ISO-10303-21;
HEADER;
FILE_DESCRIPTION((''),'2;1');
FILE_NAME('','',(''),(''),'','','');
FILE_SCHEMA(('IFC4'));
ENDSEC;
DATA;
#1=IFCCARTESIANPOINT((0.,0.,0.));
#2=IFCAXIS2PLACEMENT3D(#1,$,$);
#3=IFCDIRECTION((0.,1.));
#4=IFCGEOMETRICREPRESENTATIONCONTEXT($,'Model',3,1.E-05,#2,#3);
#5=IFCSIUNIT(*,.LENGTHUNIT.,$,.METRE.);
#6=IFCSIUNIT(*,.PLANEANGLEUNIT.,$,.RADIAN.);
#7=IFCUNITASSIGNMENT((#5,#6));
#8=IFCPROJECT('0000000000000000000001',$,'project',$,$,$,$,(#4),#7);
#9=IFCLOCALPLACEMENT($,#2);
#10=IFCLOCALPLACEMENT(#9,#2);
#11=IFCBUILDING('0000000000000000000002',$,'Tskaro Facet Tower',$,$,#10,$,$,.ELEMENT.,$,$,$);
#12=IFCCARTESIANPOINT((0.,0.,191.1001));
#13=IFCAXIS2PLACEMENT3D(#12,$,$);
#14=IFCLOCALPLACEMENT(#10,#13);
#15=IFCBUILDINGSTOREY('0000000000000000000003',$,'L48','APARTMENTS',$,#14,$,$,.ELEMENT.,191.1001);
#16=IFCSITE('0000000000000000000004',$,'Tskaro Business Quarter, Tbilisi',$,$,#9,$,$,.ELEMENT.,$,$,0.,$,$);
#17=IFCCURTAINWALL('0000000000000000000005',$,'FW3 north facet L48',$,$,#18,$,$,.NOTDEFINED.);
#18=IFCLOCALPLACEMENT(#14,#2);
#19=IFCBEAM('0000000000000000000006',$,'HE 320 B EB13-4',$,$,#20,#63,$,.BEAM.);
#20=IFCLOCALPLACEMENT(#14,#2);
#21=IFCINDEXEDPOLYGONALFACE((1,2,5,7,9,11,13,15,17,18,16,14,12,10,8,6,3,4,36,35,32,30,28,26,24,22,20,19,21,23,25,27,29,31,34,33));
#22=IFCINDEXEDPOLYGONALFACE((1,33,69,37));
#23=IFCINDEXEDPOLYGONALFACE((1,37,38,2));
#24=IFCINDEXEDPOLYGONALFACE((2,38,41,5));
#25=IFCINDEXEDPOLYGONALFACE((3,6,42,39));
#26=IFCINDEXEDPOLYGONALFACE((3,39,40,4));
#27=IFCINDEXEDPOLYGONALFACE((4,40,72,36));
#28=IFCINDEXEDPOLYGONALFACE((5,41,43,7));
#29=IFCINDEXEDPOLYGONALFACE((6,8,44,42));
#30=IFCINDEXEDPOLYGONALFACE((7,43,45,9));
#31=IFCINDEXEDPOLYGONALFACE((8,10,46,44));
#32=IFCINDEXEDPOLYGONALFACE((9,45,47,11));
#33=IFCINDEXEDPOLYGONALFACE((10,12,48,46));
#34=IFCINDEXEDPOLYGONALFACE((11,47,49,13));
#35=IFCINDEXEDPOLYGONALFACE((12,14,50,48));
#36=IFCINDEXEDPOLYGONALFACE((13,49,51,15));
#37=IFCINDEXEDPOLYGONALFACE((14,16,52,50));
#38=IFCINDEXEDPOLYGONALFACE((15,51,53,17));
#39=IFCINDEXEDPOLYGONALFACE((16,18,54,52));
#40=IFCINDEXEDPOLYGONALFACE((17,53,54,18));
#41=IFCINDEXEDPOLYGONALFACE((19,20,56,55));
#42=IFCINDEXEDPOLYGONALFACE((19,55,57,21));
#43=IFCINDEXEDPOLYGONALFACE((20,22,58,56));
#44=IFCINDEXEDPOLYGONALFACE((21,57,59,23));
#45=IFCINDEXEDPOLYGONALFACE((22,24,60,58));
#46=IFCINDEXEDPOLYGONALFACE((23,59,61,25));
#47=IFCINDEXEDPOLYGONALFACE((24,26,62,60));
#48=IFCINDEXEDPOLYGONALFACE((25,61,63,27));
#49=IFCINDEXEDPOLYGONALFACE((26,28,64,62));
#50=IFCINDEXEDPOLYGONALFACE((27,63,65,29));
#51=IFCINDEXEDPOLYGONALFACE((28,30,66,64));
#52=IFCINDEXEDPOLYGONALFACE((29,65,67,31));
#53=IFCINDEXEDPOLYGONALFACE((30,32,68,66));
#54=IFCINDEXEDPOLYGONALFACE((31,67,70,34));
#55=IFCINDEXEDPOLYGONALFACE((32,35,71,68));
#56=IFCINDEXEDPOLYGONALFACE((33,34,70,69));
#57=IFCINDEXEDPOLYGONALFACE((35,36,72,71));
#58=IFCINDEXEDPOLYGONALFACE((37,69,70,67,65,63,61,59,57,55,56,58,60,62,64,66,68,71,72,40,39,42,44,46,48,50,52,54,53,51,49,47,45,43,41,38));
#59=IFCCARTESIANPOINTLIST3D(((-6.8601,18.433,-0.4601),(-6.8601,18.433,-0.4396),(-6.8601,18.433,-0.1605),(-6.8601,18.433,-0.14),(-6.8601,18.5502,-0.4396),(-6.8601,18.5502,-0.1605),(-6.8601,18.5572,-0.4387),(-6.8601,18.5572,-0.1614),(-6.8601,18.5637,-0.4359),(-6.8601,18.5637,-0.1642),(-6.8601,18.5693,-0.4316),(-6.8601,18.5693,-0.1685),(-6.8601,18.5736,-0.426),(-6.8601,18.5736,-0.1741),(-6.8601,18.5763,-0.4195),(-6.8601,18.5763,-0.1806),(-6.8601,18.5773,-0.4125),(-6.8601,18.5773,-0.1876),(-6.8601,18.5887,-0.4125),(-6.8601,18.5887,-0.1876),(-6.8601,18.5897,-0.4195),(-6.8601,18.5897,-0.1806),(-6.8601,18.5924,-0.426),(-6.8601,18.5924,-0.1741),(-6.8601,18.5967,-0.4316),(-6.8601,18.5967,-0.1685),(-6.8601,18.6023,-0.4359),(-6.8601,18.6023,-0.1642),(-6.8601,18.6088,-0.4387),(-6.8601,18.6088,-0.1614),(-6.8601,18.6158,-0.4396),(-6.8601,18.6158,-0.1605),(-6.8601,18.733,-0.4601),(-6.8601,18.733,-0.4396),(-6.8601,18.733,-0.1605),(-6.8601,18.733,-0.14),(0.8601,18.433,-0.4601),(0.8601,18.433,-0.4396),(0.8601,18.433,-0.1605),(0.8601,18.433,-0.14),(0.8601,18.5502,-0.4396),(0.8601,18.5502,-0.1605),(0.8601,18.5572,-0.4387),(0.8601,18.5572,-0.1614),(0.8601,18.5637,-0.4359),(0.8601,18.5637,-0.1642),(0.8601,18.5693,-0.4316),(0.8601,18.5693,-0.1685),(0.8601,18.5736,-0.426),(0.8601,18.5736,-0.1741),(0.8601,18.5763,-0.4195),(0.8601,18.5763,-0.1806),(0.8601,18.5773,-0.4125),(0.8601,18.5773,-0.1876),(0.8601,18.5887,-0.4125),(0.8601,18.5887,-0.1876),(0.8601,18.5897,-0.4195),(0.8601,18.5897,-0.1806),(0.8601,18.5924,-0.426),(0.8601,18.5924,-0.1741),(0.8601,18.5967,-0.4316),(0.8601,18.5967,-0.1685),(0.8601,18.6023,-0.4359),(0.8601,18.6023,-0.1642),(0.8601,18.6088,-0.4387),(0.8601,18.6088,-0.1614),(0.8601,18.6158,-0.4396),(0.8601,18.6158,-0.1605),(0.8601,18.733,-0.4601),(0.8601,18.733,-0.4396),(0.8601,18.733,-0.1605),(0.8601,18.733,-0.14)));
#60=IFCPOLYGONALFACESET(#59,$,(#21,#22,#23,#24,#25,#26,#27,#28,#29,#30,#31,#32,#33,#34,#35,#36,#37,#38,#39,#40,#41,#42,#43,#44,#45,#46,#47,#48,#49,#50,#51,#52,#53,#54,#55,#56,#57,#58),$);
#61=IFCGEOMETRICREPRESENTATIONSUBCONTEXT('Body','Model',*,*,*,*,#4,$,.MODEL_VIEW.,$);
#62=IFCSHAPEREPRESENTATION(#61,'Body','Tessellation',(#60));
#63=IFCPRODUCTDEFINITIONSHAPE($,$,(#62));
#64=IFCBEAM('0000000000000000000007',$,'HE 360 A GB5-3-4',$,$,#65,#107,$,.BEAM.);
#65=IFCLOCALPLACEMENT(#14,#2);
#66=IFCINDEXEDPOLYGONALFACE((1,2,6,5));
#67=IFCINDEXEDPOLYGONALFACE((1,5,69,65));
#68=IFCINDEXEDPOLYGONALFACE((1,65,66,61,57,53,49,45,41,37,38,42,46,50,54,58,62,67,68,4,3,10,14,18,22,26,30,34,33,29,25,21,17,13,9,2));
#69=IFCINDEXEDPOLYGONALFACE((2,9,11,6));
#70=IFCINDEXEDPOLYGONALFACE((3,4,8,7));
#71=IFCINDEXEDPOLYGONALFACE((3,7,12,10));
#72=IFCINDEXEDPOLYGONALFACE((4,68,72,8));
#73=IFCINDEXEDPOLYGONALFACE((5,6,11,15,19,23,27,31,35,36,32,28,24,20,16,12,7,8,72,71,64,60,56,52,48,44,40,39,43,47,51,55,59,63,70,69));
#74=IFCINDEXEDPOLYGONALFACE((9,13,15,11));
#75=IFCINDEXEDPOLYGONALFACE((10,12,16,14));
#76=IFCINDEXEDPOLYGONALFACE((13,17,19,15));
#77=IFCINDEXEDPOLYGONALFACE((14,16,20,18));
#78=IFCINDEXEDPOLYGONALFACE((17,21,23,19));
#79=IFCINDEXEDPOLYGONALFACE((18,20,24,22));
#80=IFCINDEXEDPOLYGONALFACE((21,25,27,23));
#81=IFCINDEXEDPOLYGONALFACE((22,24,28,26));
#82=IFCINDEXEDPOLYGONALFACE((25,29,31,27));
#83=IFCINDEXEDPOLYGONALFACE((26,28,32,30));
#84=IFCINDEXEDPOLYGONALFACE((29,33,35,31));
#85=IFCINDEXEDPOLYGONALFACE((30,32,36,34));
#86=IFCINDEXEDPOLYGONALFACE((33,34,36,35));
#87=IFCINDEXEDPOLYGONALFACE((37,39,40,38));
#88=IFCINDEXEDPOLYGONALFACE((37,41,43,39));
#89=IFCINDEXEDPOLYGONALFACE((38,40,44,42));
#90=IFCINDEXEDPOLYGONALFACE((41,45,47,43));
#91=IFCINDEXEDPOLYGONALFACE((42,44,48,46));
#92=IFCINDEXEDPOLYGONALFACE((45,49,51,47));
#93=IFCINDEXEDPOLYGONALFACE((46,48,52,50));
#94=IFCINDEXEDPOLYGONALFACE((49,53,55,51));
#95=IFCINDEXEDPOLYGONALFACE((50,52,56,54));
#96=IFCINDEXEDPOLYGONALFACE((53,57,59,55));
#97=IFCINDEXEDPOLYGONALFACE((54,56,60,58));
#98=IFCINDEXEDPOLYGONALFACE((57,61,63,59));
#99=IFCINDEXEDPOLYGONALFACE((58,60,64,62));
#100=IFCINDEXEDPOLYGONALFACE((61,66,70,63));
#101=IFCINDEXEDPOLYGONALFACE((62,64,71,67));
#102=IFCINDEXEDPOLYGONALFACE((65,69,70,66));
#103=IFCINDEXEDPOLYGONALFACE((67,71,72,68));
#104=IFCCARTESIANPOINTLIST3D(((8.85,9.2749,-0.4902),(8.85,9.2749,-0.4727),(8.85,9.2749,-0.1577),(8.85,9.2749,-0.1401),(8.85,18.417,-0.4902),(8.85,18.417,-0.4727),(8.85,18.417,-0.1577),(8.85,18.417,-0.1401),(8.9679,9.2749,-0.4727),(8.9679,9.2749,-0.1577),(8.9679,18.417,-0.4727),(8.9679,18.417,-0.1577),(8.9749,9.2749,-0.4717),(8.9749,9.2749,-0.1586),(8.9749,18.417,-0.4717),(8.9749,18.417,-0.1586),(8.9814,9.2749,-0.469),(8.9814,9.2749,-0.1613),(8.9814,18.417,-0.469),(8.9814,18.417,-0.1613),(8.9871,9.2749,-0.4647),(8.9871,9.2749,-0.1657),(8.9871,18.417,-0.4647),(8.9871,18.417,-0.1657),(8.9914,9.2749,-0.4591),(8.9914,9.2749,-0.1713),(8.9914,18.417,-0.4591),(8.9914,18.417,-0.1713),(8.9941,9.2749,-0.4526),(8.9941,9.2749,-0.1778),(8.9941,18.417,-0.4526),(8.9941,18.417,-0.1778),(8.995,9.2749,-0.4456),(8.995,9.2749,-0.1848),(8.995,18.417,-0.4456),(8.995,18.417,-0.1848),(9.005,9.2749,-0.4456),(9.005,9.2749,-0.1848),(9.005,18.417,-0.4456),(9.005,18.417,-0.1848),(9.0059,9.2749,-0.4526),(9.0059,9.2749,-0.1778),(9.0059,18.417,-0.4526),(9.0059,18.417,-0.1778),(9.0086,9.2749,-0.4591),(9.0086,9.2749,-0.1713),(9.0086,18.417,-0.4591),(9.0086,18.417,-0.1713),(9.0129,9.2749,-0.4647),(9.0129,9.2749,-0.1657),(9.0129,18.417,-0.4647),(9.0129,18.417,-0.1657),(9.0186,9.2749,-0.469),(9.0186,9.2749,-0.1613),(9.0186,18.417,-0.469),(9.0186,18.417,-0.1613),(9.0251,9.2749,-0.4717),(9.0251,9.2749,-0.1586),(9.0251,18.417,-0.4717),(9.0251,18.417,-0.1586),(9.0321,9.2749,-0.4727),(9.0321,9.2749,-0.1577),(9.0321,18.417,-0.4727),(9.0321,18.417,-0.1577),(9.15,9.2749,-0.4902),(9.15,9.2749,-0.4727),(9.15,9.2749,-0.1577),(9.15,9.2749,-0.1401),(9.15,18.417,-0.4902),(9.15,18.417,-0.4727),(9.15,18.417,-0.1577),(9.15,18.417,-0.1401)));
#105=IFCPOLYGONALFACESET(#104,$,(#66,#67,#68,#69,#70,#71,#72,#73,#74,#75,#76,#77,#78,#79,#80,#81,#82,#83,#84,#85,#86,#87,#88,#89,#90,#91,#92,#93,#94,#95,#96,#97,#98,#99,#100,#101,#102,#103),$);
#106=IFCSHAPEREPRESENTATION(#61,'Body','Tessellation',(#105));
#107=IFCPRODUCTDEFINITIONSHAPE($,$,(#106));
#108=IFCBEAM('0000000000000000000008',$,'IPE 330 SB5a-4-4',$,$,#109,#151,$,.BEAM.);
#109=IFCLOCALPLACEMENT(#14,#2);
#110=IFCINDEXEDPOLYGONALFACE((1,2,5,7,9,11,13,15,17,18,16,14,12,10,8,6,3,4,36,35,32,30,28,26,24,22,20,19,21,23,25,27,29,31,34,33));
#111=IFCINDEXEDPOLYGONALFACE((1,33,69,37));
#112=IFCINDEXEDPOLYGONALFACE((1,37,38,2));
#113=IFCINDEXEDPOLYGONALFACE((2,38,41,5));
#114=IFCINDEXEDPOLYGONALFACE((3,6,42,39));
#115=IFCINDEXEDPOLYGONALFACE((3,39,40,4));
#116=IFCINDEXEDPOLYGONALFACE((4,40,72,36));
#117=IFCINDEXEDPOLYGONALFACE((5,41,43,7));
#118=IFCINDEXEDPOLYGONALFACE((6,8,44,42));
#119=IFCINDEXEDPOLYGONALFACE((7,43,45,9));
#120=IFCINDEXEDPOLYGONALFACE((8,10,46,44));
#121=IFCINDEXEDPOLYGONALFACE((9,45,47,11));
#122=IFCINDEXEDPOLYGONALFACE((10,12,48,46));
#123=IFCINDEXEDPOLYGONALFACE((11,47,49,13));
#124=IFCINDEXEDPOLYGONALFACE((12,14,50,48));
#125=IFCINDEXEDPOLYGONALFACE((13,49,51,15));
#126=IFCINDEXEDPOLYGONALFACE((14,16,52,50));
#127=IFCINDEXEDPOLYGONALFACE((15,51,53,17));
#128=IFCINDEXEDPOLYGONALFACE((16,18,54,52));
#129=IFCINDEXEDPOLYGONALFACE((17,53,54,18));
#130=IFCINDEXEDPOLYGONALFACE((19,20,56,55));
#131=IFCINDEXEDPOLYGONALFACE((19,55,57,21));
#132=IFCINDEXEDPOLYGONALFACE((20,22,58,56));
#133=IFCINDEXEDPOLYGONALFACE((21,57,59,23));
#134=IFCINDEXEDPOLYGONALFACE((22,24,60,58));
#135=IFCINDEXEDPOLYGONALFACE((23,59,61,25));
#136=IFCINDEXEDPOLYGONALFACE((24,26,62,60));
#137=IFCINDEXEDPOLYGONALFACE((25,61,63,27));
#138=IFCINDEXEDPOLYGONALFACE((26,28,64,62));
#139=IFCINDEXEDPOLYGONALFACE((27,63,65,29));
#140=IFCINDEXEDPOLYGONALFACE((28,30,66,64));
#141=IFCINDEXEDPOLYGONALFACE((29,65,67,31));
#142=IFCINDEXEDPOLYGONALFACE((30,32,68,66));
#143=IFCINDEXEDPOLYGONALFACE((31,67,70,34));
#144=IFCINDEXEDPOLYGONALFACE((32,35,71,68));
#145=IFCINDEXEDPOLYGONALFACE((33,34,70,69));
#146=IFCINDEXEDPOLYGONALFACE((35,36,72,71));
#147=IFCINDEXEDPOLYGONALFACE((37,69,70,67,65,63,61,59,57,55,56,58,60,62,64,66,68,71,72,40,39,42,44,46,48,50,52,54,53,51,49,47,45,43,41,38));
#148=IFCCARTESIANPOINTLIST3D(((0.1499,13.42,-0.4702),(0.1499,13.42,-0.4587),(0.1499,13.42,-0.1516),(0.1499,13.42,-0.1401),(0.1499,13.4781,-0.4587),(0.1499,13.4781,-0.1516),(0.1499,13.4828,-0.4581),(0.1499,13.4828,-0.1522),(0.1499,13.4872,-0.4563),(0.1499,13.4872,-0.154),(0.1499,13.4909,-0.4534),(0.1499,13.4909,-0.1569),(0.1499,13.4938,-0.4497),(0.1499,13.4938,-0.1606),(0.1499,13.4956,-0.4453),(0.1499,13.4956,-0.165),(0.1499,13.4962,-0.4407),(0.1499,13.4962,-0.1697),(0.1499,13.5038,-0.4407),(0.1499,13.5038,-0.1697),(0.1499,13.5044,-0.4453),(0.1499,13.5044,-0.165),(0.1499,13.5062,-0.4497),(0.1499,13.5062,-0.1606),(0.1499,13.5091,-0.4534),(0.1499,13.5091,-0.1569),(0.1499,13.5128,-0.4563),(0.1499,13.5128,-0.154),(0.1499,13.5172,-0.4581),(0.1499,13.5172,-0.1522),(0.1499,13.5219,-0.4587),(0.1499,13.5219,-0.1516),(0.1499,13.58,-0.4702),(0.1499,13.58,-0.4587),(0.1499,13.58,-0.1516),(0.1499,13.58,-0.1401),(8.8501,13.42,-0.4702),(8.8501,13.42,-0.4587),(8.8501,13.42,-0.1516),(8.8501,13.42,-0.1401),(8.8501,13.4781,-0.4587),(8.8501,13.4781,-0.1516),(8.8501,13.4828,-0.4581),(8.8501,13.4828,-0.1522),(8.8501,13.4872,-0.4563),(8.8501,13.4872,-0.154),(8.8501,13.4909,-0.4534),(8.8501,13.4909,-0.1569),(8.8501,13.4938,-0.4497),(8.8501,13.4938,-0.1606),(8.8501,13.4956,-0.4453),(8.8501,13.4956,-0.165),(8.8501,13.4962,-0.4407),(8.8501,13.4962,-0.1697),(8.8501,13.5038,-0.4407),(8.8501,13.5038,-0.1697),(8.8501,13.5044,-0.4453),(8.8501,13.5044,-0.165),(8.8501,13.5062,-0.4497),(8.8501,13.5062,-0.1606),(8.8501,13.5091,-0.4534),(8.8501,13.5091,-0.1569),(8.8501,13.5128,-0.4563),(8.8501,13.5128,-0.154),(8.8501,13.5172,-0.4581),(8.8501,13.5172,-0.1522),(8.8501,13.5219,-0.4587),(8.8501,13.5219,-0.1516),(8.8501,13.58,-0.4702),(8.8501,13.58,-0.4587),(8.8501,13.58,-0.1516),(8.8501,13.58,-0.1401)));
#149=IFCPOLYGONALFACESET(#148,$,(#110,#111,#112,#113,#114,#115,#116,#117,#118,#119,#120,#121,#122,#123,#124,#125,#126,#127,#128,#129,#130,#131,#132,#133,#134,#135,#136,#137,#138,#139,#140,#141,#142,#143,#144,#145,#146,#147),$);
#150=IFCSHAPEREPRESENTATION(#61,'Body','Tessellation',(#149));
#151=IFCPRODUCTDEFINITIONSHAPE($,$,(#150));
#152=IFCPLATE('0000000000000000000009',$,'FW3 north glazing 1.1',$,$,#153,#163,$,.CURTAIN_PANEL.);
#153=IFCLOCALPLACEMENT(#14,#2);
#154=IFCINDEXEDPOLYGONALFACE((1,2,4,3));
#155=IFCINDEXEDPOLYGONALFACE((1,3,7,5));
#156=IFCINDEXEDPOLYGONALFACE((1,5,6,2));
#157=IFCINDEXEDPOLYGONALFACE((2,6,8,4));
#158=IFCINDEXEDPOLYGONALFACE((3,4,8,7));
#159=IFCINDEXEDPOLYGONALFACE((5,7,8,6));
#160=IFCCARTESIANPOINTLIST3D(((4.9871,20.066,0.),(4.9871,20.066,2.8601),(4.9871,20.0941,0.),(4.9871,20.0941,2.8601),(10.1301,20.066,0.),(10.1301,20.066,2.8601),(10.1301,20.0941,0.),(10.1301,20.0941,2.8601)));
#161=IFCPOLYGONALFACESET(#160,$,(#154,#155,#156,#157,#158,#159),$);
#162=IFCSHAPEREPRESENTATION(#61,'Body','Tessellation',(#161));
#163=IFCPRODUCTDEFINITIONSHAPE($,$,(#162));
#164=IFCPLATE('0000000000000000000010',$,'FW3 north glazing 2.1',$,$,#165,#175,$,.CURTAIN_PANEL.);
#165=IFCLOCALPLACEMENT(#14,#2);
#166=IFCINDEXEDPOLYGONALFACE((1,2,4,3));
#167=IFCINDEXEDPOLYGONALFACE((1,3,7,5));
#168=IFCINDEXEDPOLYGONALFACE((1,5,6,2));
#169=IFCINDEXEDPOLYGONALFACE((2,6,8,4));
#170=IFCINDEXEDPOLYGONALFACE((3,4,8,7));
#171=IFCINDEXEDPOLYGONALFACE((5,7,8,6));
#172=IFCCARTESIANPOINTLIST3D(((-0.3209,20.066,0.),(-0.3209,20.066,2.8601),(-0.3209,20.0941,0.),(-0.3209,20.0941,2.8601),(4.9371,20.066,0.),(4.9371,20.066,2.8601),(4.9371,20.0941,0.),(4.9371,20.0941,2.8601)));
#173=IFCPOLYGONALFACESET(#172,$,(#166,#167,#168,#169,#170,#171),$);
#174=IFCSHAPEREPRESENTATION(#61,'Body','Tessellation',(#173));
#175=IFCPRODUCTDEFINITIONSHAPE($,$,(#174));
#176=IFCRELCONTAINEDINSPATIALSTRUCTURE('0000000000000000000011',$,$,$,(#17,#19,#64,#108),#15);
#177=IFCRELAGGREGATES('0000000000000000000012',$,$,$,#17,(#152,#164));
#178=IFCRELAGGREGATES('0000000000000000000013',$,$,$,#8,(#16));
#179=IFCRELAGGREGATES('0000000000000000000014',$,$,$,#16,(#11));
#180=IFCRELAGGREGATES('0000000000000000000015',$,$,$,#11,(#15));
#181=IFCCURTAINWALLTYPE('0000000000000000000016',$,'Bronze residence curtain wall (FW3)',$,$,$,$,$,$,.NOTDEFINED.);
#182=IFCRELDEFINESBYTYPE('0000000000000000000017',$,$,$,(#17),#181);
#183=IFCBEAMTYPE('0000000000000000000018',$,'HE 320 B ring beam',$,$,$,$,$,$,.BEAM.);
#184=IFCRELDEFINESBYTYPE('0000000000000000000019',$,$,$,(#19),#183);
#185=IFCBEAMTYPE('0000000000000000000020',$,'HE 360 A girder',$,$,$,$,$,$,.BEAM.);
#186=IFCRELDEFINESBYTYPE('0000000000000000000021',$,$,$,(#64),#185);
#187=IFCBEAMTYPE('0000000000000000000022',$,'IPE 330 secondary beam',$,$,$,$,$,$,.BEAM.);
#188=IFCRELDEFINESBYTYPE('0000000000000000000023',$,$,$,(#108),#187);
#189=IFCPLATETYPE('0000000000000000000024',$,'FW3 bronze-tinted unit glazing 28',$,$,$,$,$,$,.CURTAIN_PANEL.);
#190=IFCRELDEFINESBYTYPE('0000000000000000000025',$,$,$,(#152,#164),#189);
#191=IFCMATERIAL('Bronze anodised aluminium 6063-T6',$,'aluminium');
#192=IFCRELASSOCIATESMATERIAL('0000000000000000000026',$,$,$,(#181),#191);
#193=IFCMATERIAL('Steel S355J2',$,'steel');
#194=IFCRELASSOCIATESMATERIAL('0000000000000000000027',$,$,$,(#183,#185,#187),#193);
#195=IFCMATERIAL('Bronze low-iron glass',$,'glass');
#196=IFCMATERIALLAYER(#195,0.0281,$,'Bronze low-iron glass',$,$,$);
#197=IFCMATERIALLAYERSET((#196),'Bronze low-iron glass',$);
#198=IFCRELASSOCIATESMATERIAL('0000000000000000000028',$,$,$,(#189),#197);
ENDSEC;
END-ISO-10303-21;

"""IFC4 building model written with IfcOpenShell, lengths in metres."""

from ifc_helpers import new_model, si_unit, direction, frame, origin, origin_2d, place, context, subcontext, project, spatial, rectangle, i_section, extrude, material, layer, layer_set, material_profile, profile_set, type_object, element, aggregate, save


model = new_model("IFC4")

# Units and contexts
model_context = context("Model", 3, precision=1e-05, world=origin(), true_north=direction((0.0, 1.0)))
body_context = subcontext(model_context, "Body", "Model", "MODEL_VIEW")
ifc_project = project(units=[si_unit("LENGTHUNIT", "METRE"), si_unit("PLANEANGLEUNIT", "RADIAN")], contexts=[model_context])

# Site, building, storey
site_placement = place(None, origin())
site = spatial("IfcSite", under=ifc_project, at=site_placement, Name="Tskaro Business Quarter, Tbilisi", CompositionType="ELEMENT", RefElevation=0.0)
building_placement = place(site_placement, origin())
building = spatial("IfcBuilding", under=site, at=building_placement, Name="Tskaro Facet Tower", CompositionType="ELEMENT")
storey_placement = place(building_placement, frame((0.0, 0.0, 191.1001)))
storey = spatial("IfcBuildingStorey", under=building, at=storey_placement, Name="L48", Description="APARTMENTS", CompositionType="ELEMENT", Elevation=191.1001)

# Curtain wall
ifc_material_1 = material(Name="Bronze anodised aluminium 6063-T6", Category="aluminium")
curtain_wall_type = type_object("IfcCurtainWallType", Name="Bronze residence curtain wall (FW3)", PredefinedType="NOTDEFINED", material=ifc_material_1)
curtain_wall_placement = place(storey_placement, origin())
curtain_wall = element("IfcCurtainWall", 1, at=curtain_wall_placement, inside=storey, type_object=curtain_wall_type, Name="FW3 north facet L48", PredefinedType="NOTDEFINED")

# Beams
ifc_material_2 = material(Name="Steel S355J2", Category="steel")
ifc_material_profile_1 = material_profile(ifc_material_2, i_section(OverallWidth=0.3, OverallDepth=0.3201, WebThickness=0.0115, FlangeThickness=0.0205, FilletRadius=0.0271, at=origin_2d()), Name="HE 320 B")
ifc_profile_set_1 = profile_set([ifc_material_profile_1], Name="Steel S355J2")
beam_type_1 = type_object("IfcBeamType", Name="HE 320 B ring beam", PredefinedType="BEAM", material=ifc_profile_set_1)
beam_1_placement = place(storey_placement, frame((0.8601, 18.583, -0.3), z_axis=(-1.0, 0.0, 0.0), x_axis=(0.0, -1.0, 0.0)))
element("IfcBeam", 2, at=beam_1_placement, inside=storey, type_object=beam_type_1, Name="HE 320 B EB13-4", PredefinedType="BEAM", context=body_context, shape_type="SweptSolid", body=[
    extrude(i_section(OverallWidth=0.3, OverallDepth=0.3201, WebThickness=0.0115, FlangeThickness=0.0205, FilletRadius=0.0271, at=origin_2d()), origin(), (0.0, 0.0, 1.0), 7.7202),
])
ifc_material_profile_2 = material_profile(ifc_material_2, i_section(OverallWidth=0.3, OverallDepth=0.3501, WebThickness=0.01, FlangeThickness=0.0176, FilletRadius=0.0271, at=origin_2d()), Name="HE 360 A")
ifc_profile_set_2 = profile_set([ifc_material_profile_2], Name="Steel S355J2")
beam_type_2 = type_object("IfcBeamType", Name="HE 360 A girder", PredefinedType="BEAM", material=ifc_profile_set_2)
beam_2_placement = place(storey_placement, frame((9.0, 9.2749, -0.3152), z_axis=(0.0, 1.0, 0.0), x_axis=(-1.0, 0.0, 0.0)))
element("IfcBeam", 3, at=beam_2_placement, inside=storey, type_object=beam_type_2, Name="HE 360 A GB5-3-4", PredefinedType="BEAM", context=body_context, shape_type="SweptSolid", body=[
    extrude(i_section(OverallWidth=0.3, OverallDepth=0.3501, WebThickness=0.01, FlangeThickness=0.0176, FilletRadius=0.0271, at=origin_2d()), origin(), (0.0, 0.0, 1.0), 9.1421),
])
ifc_material_profile_3 = material_profile(ifc_material_2, i_section(OverallWidth=0.1599, OverallDepth=0.3301, WebThickness=0.0076, FlangeThickness=0.0115, FilletRadius=0.0181, at=origin_2d()), Name="IPE 330")
ifc_profile_set_3 = profile_set([ifc_material_profile_3], Name="Steel S355J2")
beam_type_3 = type_object("IfcBeamType", Name="IPE 330 secondary beam", PredefinedType="BEAM", material=ifc_profile_set_3)
beam_3_placement = place(storey_placement, frame((0.1499, 13.5, -0.3052), z_axis=(1.0, 0.0, 0.0), x_axis=(0.0, 1.0, 0.0)))
element("IfcBeam", 4, at=beam_3_placement, inside=storey, type_object=beam_type_3, Name="IPE 330 SB5a-4-4", PredefinedType="BEAM", context=body_context, shape_type="SweptSolid", body=[
    extrude(i_section(OverallWidth=0.1599, OverallDepth=0.3301, WebThickness=0.0076, FlangeThickness=0.0115, FilletRadius=0.0181, at=origin_2d()), origin(), (0.0, 0.0, 1.0), 8.7002),
])

# Plates
ifc_material_3 = material(Name="Bronze low-iron glass", Category="glass")
ifc_layer_1 = layer(ifc_material_3, 0.0281, Name="Bronze low-iron glass")
ifc_layer_set_1 = layer_set([ifc_layer_1], Name="Bronze low-iron glass")
plate_type = type_object("IfcPlateType", Name="FW3 bronze-tinted unit glazing 28", PredefinedType="CURTAIN_PANEL", material=ifc_layer_set_1)
plate_1_placement = place(storey_placement, frame((7.5586, 20.0801, 0.0), z_axis=(0.0, 0.0, 1.0), x_axis=(-1.0, 0.0, 0.0)))
plate_1 = element("IfcPlate", 5, at=plate_1_placement, type_object=plate_type, Name="FW3 north glazing 1.1", PredefinedType="CURTAIN_PANEL", context=body_context, shape_type="SweptSolid", body=[
    extrude(rectangle(XDim=5.1431, YDim=0.0281, at=origin_2d()), origin(), (0.0, 0.0, 1.0), 2.8601),
])
plate_2_placement = place(storey_placement, frame((2.3081, 20.0801, 0.0), z_axis=(0.0, 0.0, 1.0), x_axis=(-1.0, 0.0, 0.0)))
plate_2 = element("IfcPlate", 6, at=plate_2_placement, type_object=plate_type, Name="FW3 north glazing 2.1", PredefinedType="CURTAIN_PANEL", context=body_context, shape_type="SweptSolid", body=[
    extrude(rectangle(XDim=5.2581, YDim=0.0281, at=origin_2d()), origin(), (0.0, 0.0, 1.0), 2.8601),
])
aggregate(curtain_wall, [plate_1, plate_2])

save(model, "model.ifc")
